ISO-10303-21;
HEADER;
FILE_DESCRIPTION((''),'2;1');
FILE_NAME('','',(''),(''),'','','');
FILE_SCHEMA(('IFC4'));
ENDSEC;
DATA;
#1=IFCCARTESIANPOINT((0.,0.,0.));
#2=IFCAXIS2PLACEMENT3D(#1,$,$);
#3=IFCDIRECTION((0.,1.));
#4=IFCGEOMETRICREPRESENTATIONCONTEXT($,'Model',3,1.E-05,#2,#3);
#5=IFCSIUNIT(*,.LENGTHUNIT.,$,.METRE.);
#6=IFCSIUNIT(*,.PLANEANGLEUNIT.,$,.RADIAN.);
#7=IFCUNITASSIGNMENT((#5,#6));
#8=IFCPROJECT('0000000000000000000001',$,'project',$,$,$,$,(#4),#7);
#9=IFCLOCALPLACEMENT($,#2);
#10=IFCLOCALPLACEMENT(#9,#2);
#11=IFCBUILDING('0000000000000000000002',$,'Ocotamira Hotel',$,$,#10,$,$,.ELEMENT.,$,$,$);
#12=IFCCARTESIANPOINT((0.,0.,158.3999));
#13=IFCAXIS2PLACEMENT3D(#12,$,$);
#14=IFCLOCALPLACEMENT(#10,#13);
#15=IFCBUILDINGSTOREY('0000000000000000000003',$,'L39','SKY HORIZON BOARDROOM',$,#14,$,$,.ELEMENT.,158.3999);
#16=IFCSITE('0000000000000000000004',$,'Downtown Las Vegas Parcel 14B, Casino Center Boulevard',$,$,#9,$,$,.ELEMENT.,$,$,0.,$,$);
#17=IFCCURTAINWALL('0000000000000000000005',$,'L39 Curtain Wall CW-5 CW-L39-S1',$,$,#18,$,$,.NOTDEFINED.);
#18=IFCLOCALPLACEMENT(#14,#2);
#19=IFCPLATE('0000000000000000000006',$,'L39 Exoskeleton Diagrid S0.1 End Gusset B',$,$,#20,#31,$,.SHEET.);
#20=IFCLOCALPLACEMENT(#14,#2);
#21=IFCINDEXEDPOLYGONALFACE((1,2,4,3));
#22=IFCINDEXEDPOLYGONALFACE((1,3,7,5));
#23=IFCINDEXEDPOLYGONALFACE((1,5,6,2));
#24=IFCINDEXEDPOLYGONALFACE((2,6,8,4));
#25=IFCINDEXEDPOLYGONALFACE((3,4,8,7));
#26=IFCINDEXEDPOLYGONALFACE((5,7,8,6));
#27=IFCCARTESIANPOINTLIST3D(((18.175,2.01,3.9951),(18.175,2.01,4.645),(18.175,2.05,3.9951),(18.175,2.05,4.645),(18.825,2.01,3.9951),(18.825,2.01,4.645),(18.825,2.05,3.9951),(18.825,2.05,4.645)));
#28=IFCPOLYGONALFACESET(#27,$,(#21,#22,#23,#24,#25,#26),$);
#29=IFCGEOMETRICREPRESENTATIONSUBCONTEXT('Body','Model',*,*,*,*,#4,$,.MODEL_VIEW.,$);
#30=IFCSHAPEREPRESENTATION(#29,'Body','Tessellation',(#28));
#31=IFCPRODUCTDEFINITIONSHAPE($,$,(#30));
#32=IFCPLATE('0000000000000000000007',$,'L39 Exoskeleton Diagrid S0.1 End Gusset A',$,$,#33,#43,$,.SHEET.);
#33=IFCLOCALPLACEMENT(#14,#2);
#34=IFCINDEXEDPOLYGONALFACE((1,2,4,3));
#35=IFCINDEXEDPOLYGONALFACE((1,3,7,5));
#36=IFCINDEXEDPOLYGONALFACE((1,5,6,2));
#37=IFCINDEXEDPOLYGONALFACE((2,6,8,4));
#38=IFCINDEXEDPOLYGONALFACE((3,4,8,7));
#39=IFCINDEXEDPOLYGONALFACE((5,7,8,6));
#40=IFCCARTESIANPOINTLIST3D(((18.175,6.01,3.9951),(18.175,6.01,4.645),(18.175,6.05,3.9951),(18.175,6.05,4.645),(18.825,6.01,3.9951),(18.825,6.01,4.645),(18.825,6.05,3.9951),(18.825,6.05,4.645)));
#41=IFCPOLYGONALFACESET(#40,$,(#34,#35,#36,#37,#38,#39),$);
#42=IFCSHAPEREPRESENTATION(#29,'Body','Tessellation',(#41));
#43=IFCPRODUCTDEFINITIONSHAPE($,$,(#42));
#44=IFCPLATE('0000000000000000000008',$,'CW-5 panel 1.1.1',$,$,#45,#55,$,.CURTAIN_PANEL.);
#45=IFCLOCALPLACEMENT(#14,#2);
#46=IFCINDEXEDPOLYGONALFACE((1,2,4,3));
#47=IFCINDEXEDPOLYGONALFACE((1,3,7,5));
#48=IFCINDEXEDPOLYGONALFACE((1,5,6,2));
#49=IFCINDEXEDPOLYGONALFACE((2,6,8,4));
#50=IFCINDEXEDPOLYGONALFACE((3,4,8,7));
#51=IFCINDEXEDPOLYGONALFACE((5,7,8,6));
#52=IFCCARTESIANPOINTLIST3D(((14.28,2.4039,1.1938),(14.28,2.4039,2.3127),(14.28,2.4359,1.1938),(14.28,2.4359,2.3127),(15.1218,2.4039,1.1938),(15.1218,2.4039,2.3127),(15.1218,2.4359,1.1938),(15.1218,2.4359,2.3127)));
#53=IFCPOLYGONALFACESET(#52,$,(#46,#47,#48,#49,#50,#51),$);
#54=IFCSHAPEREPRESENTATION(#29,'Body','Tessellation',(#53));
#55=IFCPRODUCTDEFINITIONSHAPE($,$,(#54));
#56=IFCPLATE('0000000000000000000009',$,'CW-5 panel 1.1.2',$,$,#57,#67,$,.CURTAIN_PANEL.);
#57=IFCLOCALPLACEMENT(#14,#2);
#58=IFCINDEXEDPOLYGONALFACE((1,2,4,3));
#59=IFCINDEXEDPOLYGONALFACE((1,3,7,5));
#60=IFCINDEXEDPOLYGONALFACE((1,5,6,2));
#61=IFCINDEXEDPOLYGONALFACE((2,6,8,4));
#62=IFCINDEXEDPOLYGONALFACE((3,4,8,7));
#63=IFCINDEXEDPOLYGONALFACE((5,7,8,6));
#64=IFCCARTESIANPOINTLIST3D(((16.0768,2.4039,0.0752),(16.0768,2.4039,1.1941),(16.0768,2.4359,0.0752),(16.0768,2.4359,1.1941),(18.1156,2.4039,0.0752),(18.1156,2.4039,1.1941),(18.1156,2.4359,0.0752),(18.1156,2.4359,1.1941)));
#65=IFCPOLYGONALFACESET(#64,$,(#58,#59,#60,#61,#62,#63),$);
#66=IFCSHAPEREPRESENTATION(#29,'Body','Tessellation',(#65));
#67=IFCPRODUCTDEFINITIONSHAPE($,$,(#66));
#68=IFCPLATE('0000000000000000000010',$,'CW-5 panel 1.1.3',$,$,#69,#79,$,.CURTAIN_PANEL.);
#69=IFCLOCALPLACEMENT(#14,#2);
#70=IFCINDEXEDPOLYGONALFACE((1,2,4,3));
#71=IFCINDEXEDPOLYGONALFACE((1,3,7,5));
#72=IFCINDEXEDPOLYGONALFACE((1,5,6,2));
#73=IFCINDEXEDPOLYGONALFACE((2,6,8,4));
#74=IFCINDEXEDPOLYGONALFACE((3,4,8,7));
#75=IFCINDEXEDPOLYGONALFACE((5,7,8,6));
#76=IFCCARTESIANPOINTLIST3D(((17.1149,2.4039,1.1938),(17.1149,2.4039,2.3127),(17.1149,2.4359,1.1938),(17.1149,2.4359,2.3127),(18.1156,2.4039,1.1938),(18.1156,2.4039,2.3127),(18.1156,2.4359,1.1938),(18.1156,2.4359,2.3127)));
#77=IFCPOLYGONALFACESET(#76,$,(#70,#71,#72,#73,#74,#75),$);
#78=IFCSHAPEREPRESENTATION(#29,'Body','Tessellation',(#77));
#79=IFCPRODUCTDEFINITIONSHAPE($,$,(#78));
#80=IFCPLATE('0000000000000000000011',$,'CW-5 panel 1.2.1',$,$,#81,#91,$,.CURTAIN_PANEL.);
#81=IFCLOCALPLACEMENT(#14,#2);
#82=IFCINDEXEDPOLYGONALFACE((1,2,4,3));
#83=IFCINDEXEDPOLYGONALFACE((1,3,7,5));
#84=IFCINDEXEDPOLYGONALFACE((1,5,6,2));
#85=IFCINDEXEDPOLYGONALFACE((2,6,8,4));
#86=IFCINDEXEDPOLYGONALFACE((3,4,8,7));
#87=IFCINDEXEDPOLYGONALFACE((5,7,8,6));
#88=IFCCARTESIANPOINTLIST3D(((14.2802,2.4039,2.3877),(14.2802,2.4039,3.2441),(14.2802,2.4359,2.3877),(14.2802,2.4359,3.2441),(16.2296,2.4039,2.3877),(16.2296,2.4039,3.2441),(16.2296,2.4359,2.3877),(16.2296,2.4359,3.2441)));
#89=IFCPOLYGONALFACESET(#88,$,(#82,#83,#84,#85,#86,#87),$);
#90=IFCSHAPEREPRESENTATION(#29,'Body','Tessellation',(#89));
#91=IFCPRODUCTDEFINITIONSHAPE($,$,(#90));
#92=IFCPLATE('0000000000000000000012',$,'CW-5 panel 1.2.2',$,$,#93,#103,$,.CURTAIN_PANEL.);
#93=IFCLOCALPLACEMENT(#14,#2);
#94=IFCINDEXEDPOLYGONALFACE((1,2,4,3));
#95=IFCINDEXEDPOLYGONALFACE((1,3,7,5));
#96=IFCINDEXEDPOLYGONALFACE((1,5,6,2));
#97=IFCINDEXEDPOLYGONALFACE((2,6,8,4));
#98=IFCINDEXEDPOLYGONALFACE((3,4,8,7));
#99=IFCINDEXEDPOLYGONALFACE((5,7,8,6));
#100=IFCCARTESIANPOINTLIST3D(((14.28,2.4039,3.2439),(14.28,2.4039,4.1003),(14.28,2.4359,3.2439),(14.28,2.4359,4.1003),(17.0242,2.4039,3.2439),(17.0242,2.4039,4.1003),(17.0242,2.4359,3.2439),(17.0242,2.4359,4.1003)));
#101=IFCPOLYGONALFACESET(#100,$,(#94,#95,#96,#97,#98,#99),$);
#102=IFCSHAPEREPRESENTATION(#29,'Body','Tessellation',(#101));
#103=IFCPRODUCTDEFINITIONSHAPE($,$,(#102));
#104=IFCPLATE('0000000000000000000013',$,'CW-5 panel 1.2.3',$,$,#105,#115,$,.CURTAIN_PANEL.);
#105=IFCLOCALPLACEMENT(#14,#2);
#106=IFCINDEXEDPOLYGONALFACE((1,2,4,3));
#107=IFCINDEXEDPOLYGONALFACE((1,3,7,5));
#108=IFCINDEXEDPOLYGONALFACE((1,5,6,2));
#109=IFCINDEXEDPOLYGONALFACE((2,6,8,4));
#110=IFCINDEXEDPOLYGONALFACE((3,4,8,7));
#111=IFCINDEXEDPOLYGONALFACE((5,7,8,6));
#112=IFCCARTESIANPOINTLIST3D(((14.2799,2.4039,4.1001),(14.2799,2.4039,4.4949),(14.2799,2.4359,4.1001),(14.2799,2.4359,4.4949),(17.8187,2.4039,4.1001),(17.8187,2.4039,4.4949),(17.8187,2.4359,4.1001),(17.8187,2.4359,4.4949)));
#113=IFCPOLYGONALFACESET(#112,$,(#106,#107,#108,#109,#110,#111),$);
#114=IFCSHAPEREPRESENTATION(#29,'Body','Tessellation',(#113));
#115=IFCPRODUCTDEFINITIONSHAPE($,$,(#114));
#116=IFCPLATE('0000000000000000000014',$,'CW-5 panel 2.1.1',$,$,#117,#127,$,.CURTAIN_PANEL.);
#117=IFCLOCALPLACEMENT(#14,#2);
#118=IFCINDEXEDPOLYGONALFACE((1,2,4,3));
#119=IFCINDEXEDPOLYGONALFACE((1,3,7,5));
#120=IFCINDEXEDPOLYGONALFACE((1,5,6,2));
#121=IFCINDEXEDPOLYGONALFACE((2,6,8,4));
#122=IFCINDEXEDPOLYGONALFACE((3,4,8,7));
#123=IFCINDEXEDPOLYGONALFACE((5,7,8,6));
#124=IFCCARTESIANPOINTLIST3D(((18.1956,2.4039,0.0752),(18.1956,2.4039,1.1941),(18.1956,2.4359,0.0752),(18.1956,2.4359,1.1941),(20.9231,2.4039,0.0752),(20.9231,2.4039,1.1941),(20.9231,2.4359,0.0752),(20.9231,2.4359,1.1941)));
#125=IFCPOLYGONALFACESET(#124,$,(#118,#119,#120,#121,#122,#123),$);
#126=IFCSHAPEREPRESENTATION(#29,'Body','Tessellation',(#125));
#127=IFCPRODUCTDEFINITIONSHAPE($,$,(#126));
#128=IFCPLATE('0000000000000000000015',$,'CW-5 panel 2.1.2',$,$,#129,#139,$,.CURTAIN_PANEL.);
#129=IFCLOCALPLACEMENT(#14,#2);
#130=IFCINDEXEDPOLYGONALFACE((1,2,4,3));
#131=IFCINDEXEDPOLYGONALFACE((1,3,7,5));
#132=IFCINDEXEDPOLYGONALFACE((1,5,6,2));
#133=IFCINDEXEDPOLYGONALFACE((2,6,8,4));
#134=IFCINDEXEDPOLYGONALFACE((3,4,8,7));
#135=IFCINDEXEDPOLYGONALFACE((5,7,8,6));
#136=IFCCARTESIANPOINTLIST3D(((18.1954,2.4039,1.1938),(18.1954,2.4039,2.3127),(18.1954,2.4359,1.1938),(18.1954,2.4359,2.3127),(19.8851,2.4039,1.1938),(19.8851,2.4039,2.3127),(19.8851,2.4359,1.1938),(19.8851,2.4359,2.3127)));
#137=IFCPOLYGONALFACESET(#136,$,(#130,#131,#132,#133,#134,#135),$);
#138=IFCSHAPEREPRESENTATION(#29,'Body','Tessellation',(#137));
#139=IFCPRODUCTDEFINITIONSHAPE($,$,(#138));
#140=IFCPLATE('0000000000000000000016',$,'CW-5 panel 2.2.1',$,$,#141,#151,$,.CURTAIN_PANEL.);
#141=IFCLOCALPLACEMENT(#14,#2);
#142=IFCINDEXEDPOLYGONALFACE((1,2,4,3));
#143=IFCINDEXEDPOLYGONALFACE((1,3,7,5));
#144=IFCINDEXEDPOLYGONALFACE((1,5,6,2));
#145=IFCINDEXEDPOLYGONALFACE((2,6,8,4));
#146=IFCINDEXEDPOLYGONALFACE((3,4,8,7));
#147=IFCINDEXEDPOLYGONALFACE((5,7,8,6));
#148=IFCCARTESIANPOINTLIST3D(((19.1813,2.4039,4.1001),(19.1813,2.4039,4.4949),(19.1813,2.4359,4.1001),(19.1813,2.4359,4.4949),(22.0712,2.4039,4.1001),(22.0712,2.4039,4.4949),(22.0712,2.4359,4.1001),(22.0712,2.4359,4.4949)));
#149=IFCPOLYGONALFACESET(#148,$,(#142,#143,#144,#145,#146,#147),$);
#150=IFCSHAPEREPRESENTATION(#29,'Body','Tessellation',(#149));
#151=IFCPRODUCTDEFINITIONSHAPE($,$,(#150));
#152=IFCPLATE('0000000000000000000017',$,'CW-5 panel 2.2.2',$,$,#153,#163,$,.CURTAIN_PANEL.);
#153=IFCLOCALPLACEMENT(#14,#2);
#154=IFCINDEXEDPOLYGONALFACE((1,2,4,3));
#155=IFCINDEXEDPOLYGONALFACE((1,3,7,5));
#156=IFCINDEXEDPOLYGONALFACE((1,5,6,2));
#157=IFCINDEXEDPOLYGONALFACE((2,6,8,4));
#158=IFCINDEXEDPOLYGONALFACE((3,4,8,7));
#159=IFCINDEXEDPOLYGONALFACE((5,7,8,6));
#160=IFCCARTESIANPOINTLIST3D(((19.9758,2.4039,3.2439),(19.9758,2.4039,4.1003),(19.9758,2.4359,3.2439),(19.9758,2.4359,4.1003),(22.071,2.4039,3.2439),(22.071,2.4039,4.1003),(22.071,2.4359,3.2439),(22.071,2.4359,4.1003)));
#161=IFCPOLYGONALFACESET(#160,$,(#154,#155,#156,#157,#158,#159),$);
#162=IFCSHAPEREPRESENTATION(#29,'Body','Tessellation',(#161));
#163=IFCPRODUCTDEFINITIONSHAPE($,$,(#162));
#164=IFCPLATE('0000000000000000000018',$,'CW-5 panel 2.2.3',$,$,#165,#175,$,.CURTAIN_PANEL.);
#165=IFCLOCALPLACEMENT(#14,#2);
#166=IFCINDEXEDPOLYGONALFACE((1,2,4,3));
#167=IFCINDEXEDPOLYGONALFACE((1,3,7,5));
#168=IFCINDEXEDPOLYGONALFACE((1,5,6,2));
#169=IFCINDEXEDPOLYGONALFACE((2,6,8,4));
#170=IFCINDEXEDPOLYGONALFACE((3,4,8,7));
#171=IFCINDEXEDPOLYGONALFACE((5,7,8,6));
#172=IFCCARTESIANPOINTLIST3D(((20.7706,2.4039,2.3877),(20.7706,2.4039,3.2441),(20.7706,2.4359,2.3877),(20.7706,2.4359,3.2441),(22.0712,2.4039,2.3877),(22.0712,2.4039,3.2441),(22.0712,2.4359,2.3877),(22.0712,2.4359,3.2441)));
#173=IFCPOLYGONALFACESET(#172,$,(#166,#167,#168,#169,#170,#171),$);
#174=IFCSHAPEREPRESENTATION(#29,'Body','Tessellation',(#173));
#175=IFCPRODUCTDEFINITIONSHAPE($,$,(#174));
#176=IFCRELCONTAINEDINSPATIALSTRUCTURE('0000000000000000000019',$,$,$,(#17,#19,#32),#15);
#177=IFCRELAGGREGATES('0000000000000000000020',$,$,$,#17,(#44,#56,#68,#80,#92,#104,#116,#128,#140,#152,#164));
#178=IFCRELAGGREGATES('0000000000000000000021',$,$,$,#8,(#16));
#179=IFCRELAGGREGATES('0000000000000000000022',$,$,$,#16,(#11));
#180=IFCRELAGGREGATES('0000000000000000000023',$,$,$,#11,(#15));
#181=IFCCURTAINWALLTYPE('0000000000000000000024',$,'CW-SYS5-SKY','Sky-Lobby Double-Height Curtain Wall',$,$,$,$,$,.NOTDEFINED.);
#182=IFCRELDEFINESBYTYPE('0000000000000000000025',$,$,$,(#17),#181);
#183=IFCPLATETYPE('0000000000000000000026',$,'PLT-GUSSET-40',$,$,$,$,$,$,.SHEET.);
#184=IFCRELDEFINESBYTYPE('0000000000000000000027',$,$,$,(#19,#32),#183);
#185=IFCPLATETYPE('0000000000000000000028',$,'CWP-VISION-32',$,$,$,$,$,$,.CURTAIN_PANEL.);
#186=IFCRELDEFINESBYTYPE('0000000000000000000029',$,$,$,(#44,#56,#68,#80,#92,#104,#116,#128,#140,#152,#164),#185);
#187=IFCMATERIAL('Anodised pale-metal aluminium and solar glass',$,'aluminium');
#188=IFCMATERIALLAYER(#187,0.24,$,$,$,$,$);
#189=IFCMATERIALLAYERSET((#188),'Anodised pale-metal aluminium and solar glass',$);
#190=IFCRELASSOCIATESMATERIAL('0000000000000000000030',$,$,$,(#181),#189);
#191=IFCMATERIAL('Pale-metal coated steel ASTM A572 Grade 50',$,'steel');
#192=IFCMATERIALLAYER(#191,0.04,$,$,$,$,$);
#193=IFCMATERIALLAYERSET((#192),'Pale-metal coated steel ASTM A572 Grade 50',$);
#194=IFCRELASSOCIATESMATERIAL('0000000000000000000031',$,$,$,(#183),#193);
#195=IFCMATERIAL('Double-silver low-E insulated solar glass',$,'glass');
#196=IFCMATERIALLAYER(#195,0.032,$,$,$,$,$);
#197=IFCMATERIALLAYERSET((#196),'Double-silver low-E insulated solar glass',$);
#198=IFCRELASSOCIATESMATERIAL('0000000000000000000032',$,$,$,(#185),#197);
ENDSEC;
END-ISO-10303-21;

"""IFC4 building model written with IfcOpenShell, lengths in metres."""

from ifc_helpers import new_model, si_unit, direction, frame, origin, origin_2d, place, context, subcontext, project, spatial, rectangle, extrude, source, transform, mapped, material, layer, layer_set, type_object, element, aggregate, save


model = new_model("IFC4")

# Units and contexts
model_context = context("Model", 3, precision=1e-05, world=origin(), true_north=direction((0.0, 1.0)))
body_context = subcontext(model_context, "Body", "Model", "MODEL_VIEW")
ifc_project = project(units=[si_unit("LENGTHUNIT", "METRE"), si_unit("PLANEANGLEUNIT", "RADIAN")], contexts=[model_context])

# Site, building, storey
site_placement = place(None, origin())
site = spatial("IfcSite", under=ifc_project, at=site_placement, Name="Downtown Las Vegas Parcel 14B, Casino Center Boulevard", CompositionType="ELEMENT", RefElevation=0.0)
building_placement = place(site_placement, origin())
building = spatial("IfcBuilding", under=site, at=building_placement, Name="Ocotamira Hotel", CompositionType="ELEMENT")
storey_placement = place(building_placement, frame((0.0, 0.0, 158.3999)))
storey = spatial("IfcBuildingStorey", under=building, at=storey_placement, Name="L39", Description="SKY HORIZON BOARDROOM", CompositionType="ELEMENT", Elevation=158.3999)

# Curtain wall
ifc_material_1 = material(Name="Anodised pale-metal aluminium and solar glass", Category="aluminium")
ifc_layer_1 = layer(ifc_material_1, 0.24)
ifc_layer_set_1 = layer_set([ifc_layer_1], Name="Anodised pale-metal aluminium and solar glass")
curtain_wall_type = type_object("IfcCurtainWallType", Name="CW-SYS5-SKY", Description="Sky-Lobby Double-Height Curtain Wall", PredefinedType="NOTDEFINED", material=ifc_layer_set_1)
curtain_wall_placement = place(storey_placement, origin())
curtain_wall = element("IfcCurtainWall", 1, at=curtain_wall_placement, inside=storey, type_object=curtain_wall_type, Name="L39 Curtain Wall CW-5 CW-L39-S1", PredefinedType="NOTDEFINED")

# Plates
ifc_material_2 = material(Name="Pale-metal coated steel ASTM A572 Grade 50", Category="steel")
ifc_layer_2 = layer(ifc_material_2, 0.04)
ifc_layer_set_2 = layer_set([ifc_layer_2], Name="Pale-metal coated steel ASTM A572 Grade 50")
plate_type_1 = type_object("IfcPlateType", Name="PLT-GUSSET-40", PredefinedType="SHEET", material=ifc_layer_set_2)
shared_shape_1 = source(origin(), body_context, "Body", "SweptSolid", [
    extrude(rectangle(XDim=0.6499, YDim=0.04, at=origin_2d()), origin(), (0.0, 0.0, 1.0), 0.6499),
])
for number, where, z_axis, x_axis, name in (
    (2, (18.5, 2.03, 3.9951), (0.0, 0.0, 1.0), (1.0, 0.0, 0.0), "L39 Exoskeleton Diagrid S0.1 End Gusset B"),
    (3, (18.5, 6.03, 3.9951), (0.0, 0.0, 1.0), (-1.0, 0.0, 0.0), "L39 Exoskeleton Diagrid S0.1 End Gusset A"),
):
    element("IfcPlate", number, at=place(storey_placement, frame(where, z_axis=z_axis, x_axis=x_axis)), inside=storey, type_object=plate_type_1, Name=name, PredefinedType="SHEET", context=body_context, shape_type="MappedRepresentation", body=[
        mapped(shared_shape_1, transform((0.0, 0.0, 0.0), scale=1.0)),
    ])

# Plates
ifc_material_3 = material(Name="Double-silver low-E insulated solar glass", Category="glass")
ifc_layer_3 = layer(ifc_material_3, 0.032)
ifc_layer_set_3 = layer_set([ifc_layer_3], Name="Double-silver low-E insulated solar glass")
plate_type_2 = type_object("IfcPlateType", Name="CWP-VISION-32", PredefinedType="CURTAIN_PANEL", material=ifc_layer_set_3)
shared_shape_2 = source(origin(), body_context, "Body", "SweptSolid", [
    extrude(rectangle(XDim=0.8418, YDim=0.032, at=origin_2d()), origin(), (0.0, 0.0, 1.0), 1.1189),
])
plate_1_placement = place(storey_placement, frame((14.7009, 2.4199, 1.1938), z_axis=(0.0, 0.0, 1.0), x_axis=(1.0, 0.0, 0.0)))
plate_1 = element("IfcPlate", 4, at=plate_1_placement, type_object=plate_type_2, Name="CW-5 panel 1.1.1", PredefinedType="CURTAIN_PANEL", context=body_context, shape_type="MappedRepresentation", body=[
    mapped(shared_shape_2, transform((0.0, 0.0, 0.0), scale=1.0)),
])
shared_shape_3 = source(origin(), body_context, "Body", "SweptSolid", [
    extrude(rectangle(XDim=2.0388, YDim=0.032, at=origin_2d()), origin(), (0.0, 0.0, 1.0), 1.1189),
])
plate_2_placement = place(storey_placement, frame((17.0962, 2.4199, 0.0752), z_axis=(0.0, 0.0, 1.0), x_axis=(1.0, 0.0, 0.0)))
plate_2 = element("IfcPlate", 5, at=plate_2_placement, type_object=plate_type_2, Name="CW-5 panel 1.1.2", PredefinedType="CURTAIN_PANEL", context=body_context, shape_type="MappedRepresentation", body=[
    mapped(shared_shape_3, transform((0.0, 0.0, 0.0), scale=1.0)),
])
shared_shape_4 = source(origin(), body_context, "Body", "SweptSolid", [
    extrude(rectangle(XDim=1.0007, YDim=0.032, at=origin_2d()), origin(), (0.0, 0.0, 1.0), 1.1189),
])
plate_3_placement = place(storey_placement, frame((17.6152, 2.4199, 1.1938), z_axis=(0.0, 0.0, 1.0), x_axis=(1.0, 0.0, 0.0)))
plate_3 = element("IfcPlate", 6, at=plate_3_placement, type_object=plate_type_2, Name="CW-5 panel 1.1.3", PredefinedType="CURTAIN_PANEL", context=body_context, shape_type="MappedRepresentation", body=[
    mapped(shared_shape_4, transform((0.0, 0.0, 0.0), scale=1.0)),
])
shared_shape_5 = source(origin(), body_context, "Body", "SweptSolid", [
    extrude(rectangle(XDim=1.9495, YDim=0.032, at=origin_2d()), origin(), (0.0, 0.0, 1.0), 0.8564),
])
plate_4_placement = place(storey_placement, frame((15.2549, 2.4199, 2.3877), z_axis=(0.0, 0.0, 1.0), x_axis=(1.0, 0.0, 0.0)))
plate_4 = element("IfcPlate", 7, at=plate_4_placement, type_object=plate_type_2, Name="CW-5 panel 1.2.1", PredefinedType="CURTAIN_PANEL", context=body_context, shape_type="MappedRepresentation", body=[
    mapped(shared_shape_5, transform((0.0, 0.0, 0.0), scale=1.0)),
])
shared_shape_6 = source(origin(), body_context, "Body", "SweptSolid", [
    extrude(rectangle(XDim=2.7441, YDim=0.032, at=origin_2d()), origin(), (0.0, 0.0, 1.0), 0.8564),
])
plate_5_placement = place(storey_placement, frame((15.6521, 2.4199, 3.2439), z_axis=(0.0, 0.0, 1.0), x_axis=(1.0, 0.0, 0.0)))
plate_5 = element("IfcPlate", 8, at=plate_5_placement, type_object=plate_type_2, Name="CW-5 panel 1.2.2", PredefinedType="CURTAIN_PANEL", context=body_context, shape_type="MappedRepresentation", body=[
    mapped(shared_shape_6, transform((0.0, 0.0, 0.0), scale=1.0)),
])
shared_shape_7 = source(origin(), body_context, "Body", "SweptSolid", [
    extrude(rectangle(XDim=3.5388, YDim=0.032, at=origin_2d()), origin(), (0.0, 0.0, 1.0), 0.3948),
])
plate_6_placement = place(storey_placement, frame((16.0493, 2.4199, 4.1001), z_axis=(0.0, 0.0, 1.0), x_axis=(1.0, 0.0, 0.0)))
plate_6 = element("IfcPlate", 9, at=plate_6_placement, type_object=plate_type_2, Name="CW-5 panel 1.2.3", PredefinedType="CURTAIN_PANEL", context=body_context, shape_type="MappedRepresentation", body=[
    mapped(shared_shape_7, transform((0.0, 0.0, 0.0), scale=1.0)),
])
shared_shape_8 = source(origin(), body_context, "Body", "SweptSolid", [
    extrude(rectangle(XDim=2.7275, YDim=0.032, at=origin_2d()), origin(), (0.0, 0.0, 1.0), 1.1189),
])
plate_7_placement = place(storey_placement, frame((19.5593, 2.4199, 0.0752), z_axis=(0.0, 0.0, 1.0), x_axis=(1.0, 0.0, 0.0)))
plate_7 = element("IfcPlate", 10, at=plate_7_placement, type_object=plate_type_2, Name="CW-5 panel 2.1.1", PredefinedType="CURTAIN_PANEL", context=body_context, shape_type="MappedRepresentation", body=[
    mapped(shared_shape_8, transform((0.0, 0.0, 0.0), scale=1.0)),
])
shared_shape_9 = source(origin(), body_context, "Body", "SweptSolid", [
    extrude(rectangle(XDim=1.6897, YDim=0.032, at=origin_2d()), origin(), (0.0, 0.0, 1.0), 1.1189),
])
plate_8_placement = place(storey_placement, frame((19.0403, 2.4199, 1.1938), z_axis=(0.0, 0.0, 1.0), x_axis=(1.0, 0.0, 0.0)))
plate_8 = element("IfcPlate", 11, at=plate_8_placement, type_object=plate_type_2, Name="CW-5 panel 2.1.2", PredefinedType="CURTAIN_PANEL", context=body_context, shape_type="MappedRepresentation", body=[
    mapped(shared_shape_9, transform((0.0, 0.0, 0.0), scale=1.0)),
])
shared_shape_10 = source(origin(), body_context, "Body", "SweptSolid", [
    extrude(rectangle(XDim=2.8899, YDim=0.032, at=origin_2d()), origin(), (0.0, 0.0, 1.0), 0.3948),
])
plate_9_placement = place(storey_placement, frame((20.6262, 2.4199, 4.1001), z_axis=(0.0, 0.0, 1.0), x_axis=(1.0, 0.0, 0.0)))
plate_9 = element("IfcPlate", 12, at=plate_9_placement, type_object=plate_type_2, Name="CW-5 panel 2.2.1", PredefinedType="CURTAIN_PANEL", context=body_context, shape_type="MappedRepresentation", body=[
    mapped(shared_shape_10, transform((0.0, 0.0, 0.0), scale=1.0)),
])
shared_shape_11 = source(origin(), body_context, "Body", "SweptSolid", [
    extrude(rectangle(XDim=2.0952, YDim=0.032, at=origin_2d()), origin(), (0.0, 0.0, 1.0), 0.8564),
])
plate_10_placement = place(storey_placement, frame((21.0234, 2.4199, 3.2439), z_axis=(0.0, 0.0, 1.0), x_axis=(1.0, 0.0, 0.0)))
plate_10 = element("IfcPlate", 13, at=plate_10_placement, type_object=plate_type_2, Name="CW-5 panel 2.2.2", PredefinedType="CURTAIN_PANEL", context=body_context, shape_type="MappedRepresentation", body=[
    mapped(shared_shape_11, transform((0.0, 0.0, 0.0), scale=1.0)),
])
shared_shape_12 = source(origin(), body_context, "Body", "SweptSolid", [
    extrude(rectangle(XDim=1.3005, YDim=0.032, at=origin_2d()), origin(), (0.0, 0.0, 1.0), 0.8564),
])
plate_11_placement = place(storey_placement, frame((21.4209, 2.4199, 2.3877), z_axis=(0.0, 0.0, 1.0), x_axis=(1.0, 0.0, 0.0)))
plate_11 = element("IfcPlate", 14, at=plate_11_placement, type_object=plate_type_2, Name="CW-5 panel 2.2.3", PredefinedType="CURTAIN_PANEL", context=body_context, shape_type="MappedRepresentation", body=[
    mapped(shared_shape_12, transform((0.0, 0.0, 0.0), scale=1.0)),
])
aggregate(curtain_wall, [plate_1, plate_2, plate_3, plate_4, plate_5, plate_6, plate_7, plate_8, plate_9, plate_10, plate_11])

save(model, "model.ifc")
